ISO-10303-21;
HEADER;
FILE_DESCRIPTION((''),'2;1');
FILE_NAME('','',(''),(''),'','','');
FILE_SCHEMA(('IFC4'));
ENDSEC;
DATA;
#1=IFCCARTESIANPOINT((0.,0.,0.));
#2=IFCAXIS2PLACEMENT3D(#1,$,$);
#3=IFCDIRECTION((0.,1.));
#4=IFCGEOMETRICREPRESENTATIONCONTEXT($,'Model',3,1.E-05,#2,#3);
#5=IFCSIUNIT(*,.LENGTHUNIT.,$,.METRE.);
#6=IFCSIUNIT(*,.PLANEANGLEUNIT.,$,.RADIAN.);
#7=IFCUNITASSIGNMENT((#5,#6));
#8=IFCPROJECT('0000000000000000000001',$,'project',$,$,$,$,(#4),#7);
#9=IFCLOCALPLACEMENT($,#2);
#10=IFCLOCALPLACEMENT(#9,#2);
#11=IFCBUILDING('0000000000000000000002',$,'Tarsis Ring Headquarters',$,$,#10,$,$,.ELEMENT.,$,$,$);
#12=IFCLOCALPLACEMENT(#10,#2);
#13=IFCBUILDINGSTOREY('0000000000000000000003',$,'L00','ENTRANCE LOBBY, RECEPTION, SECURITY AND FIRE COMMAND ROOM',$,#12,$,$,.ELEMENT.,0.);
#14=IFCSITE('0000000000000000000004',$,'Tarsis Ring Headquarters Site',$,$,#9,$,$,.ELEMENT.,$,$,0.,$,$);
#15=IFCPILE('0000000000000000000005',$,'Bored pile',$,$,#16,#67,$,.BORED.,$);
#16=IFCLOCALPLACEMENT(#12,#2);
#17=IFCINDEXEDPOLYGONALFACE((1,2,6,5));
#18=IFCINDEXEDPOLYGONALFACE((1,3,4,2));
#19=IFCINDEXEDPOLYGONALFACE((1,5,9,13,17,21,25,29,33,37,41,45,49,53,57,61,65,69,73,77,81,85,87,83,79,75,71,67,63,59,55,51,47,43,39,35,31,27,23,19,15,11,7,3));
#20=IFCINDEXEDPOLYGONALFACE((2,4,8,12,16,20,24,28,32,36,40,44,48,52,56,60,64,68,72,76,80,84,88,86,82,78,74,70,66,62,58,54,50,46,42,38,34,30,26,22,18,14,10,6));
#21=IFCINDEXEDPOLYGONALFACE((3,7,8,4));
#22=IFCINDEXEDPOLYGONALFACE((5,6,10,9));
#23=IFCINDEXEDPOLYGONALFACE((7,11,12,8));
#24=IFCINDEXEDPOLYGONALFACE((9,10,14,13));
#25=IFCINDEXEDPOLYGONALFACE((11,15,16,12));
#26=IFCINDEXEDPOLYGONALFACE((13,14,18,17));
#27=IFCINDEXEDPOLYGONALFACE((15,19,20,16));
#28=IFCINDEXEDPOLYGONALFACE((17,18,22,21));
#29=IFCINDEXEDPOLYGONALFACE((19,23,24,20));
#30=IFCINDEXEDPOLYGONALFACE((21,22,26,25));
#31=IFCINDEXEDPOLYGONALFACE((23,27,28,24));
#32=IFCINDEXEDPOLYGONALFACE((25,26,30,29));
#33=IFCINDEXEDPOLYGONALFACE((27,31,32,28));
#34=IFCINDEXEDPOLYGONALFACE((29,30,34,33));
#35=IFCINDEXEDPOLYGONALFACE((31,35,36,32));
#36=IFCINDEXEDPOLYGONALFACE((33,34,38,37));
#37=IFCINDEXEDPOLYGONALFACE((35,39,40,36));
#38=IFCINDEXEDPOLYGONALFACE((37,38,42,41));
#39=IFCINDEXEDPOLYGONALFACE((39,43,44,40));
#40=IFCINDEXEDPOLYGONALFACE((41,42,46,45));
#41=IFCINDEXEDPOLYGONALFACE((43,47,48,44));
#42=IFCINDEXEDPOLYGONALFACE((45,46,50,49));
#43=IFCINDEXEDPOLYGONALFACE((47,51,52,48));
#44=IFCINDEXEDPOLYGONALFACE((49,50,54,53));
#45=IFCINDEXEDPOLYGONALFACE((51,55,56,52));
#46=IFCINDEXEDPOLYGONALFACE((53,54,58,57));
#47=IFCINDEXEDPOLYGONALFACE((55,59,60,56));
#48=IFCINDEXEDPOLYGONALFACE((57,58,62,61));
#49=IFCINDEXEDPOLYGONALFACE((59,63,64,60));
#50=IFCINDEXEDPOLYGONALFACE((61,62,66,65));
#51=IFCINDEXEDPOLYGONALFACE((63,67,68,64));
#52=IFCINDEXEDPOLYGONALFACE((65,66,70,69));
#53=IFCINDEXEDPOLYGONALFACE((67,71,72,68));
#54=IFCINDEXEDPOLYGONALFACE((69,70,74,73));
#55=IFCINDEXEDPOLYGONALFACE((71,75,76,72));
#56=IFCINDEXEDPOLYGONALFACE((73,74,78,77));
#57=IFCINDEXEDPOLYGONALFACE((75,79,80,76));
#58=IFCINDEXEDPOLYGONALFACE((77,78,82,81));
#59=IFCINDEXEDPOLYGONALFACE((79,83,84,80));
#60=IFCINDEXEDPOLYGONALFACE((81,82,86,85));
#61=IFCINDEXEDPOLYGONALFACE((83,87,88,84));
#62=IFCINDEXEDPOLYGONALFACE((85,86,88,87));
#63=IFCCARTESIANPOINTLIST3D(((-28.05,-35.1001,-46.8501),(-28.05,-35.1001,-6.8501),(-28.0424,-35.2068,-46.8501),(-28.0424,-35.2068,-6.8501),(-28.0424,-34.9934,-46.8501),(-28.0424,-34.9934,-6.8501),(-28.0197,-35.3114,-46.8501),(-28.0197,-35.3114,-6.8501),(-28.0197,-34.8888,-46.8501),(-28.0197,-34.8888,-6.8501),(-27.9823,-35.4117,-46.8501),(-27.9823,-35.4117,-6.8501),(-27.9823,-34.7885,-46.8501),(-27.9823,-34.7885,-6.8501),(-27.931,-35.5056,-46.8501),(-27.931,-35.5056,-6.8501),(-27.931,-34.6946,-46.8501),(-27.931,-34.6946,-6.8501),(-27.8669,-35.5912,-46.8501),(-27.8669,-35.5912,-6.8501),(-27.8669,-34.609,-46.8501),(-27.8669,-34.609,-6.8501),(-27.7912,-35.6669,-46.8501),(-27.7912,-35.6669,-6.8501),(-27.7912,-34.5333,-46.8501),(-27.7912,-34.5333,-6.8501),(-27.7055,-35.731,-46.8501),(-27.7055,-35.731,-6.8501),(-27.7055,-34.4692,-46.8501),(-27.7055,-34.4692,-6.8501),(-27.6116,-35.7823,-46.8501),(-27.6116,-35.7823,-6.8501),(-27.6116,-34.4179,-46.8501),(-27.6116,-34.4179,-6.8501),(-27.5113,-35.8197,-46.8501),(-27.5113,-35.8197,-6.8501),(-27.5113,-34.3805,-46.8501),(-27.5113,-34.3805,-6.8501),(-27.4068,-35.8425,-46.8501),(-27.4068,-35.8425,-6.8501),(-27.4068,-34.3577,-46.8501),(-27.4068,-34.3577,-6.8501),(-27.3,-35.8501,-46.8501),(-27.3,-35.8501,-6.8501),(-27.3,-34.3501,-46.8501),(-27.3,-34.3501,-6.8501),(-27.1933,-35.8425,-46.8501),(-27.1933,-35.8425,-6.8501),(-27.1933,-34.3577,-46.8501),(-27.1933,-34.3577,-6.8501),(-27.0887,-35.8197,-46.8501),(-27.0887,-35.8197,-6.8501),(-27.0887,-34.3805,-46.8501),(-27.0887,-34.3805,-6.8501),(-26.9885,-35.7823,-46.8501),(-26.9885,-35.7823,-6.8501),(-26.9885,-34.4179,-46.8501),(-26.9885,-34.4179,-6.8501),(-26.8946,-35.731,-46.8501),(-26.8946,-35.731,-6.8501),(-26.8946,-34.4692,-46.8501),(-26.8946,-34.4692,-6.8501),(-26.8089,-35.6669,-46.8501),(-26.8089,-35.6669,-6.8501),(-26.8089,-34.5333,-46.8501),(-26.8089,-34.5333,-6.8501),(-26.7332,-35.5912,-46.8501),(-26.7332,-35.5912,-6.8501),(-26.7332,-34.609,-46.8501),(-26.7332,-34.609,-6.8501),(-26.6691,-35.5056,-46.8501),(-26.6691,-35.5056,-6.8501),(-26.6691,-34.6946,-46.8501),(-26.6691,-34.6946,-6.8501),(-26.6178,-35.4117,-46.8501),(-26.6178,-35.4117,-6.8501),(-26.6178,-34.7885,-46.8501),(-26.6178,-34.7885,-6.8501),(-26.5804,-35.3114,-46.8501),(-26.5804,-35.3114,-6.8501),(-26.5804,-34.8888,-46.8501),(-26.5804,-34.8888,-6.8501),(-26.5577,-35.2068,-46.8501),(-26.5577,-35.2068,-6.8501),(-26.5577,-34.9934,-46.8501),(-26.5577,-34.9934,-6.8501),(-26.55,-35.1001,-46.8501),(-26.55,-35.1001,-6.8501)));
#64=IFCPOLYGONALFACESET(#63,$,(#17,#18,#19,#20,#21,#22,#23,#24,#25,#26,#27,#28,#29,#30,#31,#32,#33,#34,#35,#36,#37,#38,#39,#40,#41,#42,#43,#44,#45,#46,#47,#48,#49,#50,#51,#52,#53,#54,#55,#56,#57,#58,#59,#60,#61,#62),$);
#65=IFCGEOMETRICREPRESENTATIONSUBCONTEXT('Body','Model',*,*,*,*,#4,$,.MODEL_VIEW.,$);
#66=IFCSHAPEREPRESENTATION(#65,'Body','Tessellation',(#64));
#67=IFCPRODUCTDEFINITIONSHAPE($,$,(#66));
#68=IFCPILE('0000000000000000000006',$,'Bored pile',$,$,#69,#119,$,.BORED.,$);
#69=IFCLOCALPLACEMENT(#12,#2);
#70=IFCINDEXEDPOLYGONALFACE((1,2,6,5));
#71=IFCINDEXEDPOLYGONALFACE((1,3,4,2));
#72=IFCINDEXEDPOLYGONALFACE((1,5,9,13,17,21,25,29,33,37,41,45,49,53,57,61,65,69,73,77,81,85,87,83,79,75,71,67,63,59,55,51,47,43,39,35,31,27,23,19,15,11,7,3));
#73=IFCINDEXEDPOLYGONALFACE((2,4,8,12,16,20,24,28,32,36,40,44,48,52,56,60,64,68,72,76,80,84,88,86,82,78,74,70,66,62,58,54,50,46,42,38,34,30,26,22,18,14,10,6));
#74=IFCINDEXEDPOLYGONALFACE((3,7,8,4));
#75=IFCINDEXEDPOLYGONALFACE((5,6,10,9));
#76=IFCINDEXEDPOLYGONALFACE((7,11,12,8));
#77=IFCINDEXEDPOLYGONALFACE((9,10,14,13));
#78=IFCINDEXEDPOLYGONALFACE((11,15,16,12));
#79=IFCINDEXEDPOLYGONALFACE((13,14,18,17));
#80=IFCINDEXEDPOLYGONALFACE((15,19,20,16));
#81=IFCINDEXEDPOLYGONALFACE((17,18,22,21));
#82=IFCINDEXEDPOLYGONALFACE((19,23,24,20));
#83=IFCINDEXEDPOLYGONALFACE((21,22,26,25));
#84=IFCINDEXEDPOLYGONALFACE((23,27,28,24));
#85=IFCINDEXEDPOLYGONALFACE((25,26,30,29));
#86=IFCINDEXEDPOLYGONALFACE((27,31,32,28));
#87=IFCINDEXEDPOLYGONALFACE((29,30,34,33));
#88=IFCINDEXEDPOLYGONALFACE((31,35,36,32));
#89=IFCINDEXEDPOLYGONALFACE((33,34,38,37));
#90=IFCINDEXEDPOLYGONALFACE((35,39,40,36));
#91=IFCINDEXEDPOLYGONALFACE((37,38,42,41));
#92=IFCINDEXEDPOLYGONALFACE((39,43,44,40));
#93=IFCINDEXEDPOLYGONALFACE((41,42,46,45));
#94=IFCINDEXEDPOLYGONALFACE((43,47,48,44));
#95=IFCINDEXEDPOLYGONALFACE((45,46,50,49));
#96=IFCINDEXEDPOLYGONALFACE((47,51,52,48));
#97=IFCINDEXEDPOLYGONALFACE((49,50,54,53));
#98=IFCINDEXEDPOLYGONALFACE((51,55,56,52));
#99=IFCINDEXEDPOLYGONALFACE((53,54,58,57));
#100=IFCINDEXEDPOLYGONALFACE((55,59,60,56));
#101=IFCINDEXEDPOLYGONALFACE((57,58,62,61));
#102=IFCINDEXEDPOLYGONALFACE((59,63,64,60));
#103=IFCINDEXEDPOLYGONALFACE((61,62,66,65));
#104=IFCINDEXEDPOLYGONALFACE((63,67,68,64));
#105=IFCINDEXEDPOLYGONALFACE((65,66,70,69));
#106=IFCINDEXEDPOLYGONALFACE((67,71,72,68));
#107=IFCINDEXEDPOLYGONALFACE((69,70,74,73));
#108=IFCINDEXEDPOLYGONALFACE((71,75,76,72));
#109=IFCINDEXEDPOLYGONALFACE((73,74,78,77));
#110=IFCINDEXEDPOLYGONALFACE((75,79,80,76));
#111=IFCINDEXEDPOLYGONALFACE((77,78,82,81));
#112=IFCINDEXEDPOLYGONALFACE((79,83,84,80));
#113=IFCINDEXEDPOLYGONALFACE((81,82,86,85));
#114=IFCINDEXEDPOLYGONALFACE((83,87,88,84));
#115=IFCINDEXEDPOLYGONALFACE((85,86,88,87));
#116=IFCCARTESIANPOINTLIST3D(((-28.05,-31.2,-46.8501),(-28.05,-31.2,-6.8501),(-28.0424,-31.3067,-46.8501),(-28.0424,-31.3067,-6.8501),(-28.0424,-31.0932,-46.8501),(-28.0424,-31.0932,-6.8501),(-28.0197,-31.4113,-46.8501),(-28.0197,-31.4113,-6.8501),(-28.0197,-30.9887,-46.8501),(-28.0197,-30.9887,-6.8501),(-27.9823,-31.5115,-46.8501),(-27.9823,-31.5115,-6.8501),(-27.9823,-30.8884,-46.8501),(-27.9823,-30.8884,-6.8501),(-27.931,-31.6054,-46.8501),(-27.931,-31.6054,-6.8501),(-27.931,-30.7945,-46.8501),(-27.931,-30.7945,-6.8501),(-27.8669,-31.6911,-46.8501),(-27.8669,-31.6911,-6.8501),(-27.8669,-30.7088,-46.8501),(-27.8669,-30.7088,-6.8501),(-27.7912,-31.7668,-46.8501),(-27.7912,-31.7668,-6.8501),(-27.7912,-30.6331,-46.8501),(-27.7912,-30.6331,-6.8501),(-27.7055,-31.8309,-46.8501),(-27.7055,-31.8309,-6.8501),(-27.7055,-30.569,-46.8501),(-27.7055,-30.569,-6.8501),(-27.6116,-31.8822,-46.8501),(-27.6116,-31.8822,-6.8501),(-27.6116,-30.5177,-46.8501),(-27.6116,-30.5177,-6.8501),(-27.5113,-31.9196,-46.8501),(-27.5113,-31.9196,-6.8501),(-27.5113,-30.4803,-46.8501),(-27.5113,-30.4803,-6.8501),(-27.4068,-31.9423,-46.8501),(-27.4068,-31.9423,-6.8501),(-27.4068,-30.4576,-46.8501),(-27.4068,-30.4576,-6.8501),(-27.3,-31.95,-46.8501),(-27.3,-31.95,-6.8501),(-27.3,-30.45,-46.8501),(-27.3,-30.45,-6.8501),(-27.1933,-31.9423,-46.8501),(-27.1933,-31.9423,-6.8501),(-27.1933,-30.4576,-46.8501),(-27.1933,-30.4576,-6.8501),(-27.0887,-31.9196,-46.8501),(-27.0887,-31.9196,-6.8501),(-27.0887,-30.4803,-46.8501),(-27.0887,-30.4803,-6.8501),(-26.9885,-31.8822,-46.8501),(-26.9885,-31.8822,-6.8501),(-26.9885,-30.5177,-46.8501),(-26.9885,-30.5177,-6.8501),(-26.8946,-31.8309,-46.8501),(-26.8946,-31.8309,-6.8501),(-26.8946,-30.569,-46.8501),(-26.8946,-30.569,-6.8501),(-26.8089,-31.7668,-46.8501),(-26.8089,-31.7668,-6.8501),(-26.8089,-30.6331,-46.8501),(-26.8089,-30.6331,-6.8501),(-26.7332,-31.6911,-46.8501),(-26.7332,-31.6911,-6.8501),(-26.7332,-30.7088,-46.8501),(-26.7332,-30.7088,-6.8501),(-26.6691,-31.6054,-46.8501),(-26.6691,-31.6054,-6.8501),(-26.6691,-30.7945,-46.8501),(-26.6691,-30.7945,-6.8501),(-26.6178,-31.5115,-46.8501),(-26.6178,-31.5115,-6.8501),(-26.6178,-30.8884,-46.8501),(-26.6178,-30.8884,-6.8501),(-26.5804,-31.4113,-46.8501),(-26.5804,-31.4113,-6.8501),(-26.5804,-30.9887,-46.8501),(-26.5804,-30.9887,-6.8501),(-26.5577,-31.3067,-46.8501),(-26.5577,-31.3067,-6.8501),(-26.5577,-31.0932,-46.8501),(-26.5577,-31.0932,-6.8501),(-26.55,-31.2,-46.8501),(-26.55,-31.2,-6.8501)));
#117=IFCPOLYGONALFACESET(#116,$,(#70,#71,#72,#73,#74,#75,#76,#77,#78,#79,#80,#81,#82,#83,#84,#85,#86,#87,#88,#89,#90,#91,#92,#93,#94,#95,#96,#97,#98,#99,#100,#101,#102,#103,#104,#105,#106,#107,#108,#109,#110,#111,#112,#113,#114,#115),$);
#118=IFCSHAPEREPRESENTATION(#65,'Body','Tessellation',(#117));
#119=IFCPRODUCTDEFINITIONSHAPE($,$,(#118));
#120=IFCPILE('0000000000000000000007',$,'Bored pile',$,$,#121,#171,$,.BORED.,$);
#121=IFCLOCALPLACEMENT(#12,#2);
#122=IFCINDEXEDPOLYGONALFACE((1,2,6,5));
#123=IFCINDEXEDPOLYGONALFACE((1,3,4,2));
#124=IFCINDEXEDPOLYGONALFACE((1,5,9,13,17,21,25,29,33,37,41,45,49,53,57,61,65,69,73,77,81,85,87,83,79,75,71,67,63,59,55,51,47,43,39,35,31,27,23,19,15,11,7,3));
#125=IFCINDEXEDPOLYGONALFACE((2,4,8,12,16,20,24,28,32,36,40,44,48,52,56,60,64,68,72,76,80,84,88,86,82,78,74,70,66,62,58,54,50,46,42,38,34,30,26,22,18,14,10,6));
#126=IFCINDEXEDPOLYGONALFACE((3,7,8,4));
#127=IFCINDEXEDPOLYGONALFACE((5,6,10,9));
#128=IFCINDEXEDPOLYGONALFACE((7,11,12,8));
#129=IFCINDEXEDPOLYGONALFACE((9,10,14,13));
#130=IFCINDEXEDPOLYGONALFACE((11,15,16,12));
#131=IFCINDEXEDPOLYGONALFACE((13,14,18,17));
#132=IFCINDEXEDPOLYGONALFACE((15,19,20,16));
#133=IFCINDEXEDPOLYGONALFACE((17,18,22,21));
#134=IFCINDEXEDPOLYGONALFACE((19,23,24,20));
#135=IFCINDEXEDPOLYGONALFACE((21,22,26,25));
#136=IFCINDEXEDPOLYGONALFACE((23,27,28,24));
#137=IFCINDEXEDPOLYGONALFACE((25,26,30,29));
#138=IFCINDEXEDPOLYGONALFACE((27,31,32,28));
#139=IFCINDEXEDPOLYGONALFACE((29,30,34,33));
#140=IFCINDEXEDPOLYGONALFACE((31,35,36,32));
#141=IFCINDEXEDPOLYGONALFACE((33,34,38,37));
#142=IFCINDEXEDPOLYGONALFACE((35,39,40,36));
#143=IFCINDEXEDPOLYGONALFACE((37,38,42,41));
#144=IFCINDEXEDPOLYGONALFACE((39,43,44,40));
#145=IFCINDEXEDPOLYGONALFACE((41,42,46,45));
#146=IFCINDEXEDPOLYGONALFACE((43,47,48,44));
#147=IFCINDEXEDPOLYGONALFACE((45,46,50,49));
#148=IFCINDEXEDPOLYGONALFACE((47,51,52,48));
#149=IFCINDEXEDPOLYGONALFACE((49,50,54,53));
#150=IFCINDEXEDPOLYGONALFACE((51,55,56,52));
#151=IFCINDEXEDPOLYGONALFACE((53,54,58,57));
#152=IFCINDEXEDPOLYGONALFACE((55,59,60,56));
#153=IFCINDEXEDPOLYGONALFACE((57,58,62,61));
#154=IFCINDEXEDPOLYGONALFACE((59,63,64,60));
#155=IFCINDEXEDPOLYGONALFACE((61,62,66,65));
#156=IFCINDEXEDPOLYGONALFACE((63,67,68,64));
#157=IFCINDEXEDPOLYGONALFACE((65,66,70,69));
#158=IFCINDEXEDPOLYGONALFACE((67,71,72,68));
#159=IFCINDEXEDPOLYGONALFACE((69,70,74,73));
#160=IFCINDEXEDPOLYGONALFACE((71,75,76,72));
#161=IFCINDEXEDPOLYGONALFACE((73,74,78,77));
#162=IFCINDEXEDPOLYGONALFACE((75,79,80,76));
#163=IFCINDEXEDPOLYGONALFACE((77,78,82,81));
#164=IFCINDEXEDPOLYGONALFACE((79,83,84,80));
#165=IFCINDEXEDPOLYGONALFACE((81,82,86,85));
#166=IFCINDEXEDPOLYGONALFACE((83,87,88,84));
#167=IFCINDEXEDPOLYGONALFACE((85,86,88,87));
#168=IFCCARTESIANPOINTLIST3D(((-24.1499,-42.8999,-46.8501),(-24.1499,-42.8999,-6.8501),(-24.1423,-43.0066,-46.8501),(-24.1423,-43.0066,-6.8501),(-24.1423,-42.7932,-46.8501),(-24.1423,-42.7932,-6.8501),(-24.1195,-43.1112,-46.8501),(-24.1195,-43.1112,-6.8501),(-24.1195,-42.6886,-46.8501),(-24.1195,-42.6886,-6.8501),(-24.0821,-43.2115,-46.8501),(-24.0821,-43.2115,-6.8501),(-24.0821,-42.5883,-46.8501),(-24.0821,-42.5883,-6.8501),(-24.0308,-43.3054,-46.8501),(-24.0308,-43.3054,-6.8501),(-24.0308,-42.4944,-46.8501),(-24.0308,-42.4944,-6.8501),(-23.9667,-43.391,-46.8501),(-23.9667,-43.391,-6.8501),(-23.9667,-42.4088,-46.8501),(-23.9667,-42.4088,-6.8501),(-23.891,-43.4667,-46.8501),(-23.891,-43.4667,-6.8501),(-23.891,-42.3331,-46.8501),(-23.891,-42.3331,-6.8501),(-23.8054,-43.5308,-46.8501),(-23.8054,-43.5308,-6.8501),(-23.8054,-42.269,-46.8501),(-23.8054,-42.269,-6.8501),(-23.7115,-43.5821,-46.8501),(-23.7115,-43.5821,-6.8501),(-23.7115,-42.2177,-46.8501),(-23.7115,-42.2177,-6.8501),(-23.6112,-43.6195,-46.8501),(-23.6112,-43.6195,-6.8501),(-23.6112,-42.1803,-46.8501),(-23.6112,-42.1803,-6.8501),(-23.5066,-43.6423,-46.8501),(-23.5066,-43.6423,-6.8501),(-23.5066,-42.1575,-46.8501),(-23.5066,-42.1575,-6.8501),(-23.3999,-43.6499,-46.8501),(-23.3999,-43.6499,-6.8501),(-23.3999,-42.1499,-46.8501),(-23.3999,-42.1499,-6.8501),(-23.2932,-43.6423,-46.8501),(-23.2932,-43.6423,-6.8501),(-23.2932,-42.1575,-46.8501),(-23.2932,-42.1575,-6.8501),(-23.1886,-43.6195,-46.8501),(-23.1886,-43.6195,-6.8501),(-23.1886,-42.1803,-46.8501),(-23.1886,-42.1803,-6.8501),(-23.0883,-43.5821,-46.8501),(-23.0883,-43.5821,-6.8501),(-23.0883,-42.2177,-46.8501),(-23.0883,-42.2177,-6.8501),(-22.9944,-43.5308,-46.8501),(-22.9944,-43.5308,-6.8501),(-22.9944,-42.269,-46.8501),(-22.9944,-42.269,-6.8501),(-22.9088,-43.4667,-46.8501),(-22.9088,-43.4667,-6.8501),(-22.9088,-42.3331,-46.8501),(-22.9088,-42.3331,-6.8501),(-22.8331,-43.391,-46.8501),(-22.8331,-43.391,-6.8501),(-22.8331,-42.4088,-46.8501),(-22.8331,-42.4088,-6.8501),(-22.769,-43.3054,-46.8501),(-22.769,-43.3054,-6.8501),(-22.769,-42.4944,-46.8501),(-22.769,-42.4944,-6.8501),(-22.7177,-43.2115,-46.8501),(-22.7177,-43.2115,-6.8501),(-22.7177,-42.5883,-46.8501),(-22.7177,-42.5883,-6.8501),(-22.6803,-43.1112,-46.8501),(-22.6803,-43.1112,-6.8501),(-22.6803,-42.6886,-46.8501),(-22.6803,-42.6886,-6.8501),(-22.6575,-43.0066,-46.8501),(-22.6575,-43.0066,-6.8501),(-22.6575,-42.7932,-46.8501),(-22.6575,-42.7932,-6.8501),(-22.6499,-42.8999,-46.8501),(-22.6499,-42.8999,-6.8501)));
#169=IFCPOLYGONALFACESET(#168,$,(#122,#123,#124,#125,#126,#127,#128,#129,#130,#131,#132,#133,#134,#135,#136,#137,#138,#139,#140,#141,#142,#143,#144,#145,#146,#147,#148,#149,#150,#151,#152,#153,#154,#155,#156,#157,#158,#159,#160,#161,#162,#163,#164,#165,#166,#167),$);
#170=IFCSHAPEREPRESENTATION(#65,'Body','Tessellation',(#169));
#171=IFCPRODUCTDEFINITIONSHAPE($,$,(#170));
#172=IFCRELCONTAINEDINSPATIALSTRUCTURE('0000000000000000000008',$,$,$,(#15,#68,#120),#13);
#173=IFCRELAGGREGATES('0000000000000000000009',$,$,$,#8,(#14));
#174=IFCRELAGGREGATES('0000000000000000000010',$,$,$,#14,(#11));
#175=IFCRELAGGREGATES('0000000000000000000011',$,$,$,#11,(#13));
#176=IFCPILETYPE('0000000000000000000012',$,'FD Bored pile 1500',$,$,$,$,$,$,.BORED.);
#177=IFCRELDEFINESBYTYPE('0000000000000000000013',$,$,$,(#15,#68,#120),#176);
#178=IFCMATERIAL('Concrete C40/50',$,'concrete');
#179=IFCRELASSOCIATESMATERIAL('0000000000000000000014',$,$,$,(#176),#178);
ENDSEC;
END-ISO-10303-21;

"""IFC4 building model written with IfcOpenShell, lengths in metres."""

from ifc_helpers import new_model, si_unit, direction, frame, origin, origin_2d, place, context, subcontext, project, spatial, circle, extrude, material, material_profile, profile_set, type_object, element, save


model = new_model("IFC4")

# Units and contexts
model_context = context("Model", 3, precision=1e-05, world=origin(), true_north=direction((0.0, 1.0)))
body_context = subcontext(model_context, "Body", "Model", "MODEL_VIEW")
ifc_project = project(units=[si_unit("LENGTHUNIT", "METRE"), si_unit("PLANEANGLEUNIT", "RADIAN")], contexts=[model_context])

# Site, building, storey
site_placement = place(None, origin())
site = spatial("IfcSite", under=ifc_project, at=site_placement, Name="Tarsis Ring Headquarters Site", CompositionType="ELEMENT", RefElevation=0.0)
building_placement = place(site_placement, origin())
building = spatial("IfcBuilding", under=site, at=building_placement, Name="Tarsis Ring Headquarters", CompositionType="ELEMENT")
storey_placement = place(building_placement, origin())
storey = spatial("IfcBuildingStorey", under=building, at=storey_placement, Name="L00", Description="ENTRANCE LOBBY, RECEPTION, SECURITY AND FIRE COMMAND ROOM", CompositionType="ELEMENT", Elevation=0.0)

# Piles
ifc_material_1 = material(Name="Concrete C40/50", Category="concrete")
ifc_material_profile_1 = material_profile(ifc_material_1, circle(Radius=0.75, at=origin_2d()), Name="BORED 1500")
ifc_profile_set_1 = profile_set([ifc_material_profile_1], Name="Concrete C40/50")
pile_type_1 = type_object("IfcPileType", Name="FD Bored pile 1500", PredefinedType="BORED", material=ifc_profile_set_1)
for number, where, z_axis, x_axis, name in (
    (1, (-27.3, -35.1001, -6.8501), (0.0, 0.0, -1.0), (1.0, 0.0, 0.0), "Bored pile"),
    (2, (-27.3, -31.2, -6.8501), (0.0, 0.0, -1.0), (1.0, 0.0, 0.0), "Bored pile"),
    (3, (-23.3999, -42.8999, -6.8501), (0.0, 0.0, -1.0), (1.0, 0.0, 0.0), "Bored pile"),
):
    element("IfcPile", number, at=place(storey_placement, frame(where, z_axis=z_axis, x_axis=x_axis)), inside=storey, type_object=pile_type_1, Name=name, PredefinedType="BORED", context=body_context, shape_type="SweptSolid", body=[
        extrude(circle(Radius=0.75, at=origin_2d()), origin(), (0.0, 0.0, 1.0), 40.0),
    ])

save(model, "model.ifc")
